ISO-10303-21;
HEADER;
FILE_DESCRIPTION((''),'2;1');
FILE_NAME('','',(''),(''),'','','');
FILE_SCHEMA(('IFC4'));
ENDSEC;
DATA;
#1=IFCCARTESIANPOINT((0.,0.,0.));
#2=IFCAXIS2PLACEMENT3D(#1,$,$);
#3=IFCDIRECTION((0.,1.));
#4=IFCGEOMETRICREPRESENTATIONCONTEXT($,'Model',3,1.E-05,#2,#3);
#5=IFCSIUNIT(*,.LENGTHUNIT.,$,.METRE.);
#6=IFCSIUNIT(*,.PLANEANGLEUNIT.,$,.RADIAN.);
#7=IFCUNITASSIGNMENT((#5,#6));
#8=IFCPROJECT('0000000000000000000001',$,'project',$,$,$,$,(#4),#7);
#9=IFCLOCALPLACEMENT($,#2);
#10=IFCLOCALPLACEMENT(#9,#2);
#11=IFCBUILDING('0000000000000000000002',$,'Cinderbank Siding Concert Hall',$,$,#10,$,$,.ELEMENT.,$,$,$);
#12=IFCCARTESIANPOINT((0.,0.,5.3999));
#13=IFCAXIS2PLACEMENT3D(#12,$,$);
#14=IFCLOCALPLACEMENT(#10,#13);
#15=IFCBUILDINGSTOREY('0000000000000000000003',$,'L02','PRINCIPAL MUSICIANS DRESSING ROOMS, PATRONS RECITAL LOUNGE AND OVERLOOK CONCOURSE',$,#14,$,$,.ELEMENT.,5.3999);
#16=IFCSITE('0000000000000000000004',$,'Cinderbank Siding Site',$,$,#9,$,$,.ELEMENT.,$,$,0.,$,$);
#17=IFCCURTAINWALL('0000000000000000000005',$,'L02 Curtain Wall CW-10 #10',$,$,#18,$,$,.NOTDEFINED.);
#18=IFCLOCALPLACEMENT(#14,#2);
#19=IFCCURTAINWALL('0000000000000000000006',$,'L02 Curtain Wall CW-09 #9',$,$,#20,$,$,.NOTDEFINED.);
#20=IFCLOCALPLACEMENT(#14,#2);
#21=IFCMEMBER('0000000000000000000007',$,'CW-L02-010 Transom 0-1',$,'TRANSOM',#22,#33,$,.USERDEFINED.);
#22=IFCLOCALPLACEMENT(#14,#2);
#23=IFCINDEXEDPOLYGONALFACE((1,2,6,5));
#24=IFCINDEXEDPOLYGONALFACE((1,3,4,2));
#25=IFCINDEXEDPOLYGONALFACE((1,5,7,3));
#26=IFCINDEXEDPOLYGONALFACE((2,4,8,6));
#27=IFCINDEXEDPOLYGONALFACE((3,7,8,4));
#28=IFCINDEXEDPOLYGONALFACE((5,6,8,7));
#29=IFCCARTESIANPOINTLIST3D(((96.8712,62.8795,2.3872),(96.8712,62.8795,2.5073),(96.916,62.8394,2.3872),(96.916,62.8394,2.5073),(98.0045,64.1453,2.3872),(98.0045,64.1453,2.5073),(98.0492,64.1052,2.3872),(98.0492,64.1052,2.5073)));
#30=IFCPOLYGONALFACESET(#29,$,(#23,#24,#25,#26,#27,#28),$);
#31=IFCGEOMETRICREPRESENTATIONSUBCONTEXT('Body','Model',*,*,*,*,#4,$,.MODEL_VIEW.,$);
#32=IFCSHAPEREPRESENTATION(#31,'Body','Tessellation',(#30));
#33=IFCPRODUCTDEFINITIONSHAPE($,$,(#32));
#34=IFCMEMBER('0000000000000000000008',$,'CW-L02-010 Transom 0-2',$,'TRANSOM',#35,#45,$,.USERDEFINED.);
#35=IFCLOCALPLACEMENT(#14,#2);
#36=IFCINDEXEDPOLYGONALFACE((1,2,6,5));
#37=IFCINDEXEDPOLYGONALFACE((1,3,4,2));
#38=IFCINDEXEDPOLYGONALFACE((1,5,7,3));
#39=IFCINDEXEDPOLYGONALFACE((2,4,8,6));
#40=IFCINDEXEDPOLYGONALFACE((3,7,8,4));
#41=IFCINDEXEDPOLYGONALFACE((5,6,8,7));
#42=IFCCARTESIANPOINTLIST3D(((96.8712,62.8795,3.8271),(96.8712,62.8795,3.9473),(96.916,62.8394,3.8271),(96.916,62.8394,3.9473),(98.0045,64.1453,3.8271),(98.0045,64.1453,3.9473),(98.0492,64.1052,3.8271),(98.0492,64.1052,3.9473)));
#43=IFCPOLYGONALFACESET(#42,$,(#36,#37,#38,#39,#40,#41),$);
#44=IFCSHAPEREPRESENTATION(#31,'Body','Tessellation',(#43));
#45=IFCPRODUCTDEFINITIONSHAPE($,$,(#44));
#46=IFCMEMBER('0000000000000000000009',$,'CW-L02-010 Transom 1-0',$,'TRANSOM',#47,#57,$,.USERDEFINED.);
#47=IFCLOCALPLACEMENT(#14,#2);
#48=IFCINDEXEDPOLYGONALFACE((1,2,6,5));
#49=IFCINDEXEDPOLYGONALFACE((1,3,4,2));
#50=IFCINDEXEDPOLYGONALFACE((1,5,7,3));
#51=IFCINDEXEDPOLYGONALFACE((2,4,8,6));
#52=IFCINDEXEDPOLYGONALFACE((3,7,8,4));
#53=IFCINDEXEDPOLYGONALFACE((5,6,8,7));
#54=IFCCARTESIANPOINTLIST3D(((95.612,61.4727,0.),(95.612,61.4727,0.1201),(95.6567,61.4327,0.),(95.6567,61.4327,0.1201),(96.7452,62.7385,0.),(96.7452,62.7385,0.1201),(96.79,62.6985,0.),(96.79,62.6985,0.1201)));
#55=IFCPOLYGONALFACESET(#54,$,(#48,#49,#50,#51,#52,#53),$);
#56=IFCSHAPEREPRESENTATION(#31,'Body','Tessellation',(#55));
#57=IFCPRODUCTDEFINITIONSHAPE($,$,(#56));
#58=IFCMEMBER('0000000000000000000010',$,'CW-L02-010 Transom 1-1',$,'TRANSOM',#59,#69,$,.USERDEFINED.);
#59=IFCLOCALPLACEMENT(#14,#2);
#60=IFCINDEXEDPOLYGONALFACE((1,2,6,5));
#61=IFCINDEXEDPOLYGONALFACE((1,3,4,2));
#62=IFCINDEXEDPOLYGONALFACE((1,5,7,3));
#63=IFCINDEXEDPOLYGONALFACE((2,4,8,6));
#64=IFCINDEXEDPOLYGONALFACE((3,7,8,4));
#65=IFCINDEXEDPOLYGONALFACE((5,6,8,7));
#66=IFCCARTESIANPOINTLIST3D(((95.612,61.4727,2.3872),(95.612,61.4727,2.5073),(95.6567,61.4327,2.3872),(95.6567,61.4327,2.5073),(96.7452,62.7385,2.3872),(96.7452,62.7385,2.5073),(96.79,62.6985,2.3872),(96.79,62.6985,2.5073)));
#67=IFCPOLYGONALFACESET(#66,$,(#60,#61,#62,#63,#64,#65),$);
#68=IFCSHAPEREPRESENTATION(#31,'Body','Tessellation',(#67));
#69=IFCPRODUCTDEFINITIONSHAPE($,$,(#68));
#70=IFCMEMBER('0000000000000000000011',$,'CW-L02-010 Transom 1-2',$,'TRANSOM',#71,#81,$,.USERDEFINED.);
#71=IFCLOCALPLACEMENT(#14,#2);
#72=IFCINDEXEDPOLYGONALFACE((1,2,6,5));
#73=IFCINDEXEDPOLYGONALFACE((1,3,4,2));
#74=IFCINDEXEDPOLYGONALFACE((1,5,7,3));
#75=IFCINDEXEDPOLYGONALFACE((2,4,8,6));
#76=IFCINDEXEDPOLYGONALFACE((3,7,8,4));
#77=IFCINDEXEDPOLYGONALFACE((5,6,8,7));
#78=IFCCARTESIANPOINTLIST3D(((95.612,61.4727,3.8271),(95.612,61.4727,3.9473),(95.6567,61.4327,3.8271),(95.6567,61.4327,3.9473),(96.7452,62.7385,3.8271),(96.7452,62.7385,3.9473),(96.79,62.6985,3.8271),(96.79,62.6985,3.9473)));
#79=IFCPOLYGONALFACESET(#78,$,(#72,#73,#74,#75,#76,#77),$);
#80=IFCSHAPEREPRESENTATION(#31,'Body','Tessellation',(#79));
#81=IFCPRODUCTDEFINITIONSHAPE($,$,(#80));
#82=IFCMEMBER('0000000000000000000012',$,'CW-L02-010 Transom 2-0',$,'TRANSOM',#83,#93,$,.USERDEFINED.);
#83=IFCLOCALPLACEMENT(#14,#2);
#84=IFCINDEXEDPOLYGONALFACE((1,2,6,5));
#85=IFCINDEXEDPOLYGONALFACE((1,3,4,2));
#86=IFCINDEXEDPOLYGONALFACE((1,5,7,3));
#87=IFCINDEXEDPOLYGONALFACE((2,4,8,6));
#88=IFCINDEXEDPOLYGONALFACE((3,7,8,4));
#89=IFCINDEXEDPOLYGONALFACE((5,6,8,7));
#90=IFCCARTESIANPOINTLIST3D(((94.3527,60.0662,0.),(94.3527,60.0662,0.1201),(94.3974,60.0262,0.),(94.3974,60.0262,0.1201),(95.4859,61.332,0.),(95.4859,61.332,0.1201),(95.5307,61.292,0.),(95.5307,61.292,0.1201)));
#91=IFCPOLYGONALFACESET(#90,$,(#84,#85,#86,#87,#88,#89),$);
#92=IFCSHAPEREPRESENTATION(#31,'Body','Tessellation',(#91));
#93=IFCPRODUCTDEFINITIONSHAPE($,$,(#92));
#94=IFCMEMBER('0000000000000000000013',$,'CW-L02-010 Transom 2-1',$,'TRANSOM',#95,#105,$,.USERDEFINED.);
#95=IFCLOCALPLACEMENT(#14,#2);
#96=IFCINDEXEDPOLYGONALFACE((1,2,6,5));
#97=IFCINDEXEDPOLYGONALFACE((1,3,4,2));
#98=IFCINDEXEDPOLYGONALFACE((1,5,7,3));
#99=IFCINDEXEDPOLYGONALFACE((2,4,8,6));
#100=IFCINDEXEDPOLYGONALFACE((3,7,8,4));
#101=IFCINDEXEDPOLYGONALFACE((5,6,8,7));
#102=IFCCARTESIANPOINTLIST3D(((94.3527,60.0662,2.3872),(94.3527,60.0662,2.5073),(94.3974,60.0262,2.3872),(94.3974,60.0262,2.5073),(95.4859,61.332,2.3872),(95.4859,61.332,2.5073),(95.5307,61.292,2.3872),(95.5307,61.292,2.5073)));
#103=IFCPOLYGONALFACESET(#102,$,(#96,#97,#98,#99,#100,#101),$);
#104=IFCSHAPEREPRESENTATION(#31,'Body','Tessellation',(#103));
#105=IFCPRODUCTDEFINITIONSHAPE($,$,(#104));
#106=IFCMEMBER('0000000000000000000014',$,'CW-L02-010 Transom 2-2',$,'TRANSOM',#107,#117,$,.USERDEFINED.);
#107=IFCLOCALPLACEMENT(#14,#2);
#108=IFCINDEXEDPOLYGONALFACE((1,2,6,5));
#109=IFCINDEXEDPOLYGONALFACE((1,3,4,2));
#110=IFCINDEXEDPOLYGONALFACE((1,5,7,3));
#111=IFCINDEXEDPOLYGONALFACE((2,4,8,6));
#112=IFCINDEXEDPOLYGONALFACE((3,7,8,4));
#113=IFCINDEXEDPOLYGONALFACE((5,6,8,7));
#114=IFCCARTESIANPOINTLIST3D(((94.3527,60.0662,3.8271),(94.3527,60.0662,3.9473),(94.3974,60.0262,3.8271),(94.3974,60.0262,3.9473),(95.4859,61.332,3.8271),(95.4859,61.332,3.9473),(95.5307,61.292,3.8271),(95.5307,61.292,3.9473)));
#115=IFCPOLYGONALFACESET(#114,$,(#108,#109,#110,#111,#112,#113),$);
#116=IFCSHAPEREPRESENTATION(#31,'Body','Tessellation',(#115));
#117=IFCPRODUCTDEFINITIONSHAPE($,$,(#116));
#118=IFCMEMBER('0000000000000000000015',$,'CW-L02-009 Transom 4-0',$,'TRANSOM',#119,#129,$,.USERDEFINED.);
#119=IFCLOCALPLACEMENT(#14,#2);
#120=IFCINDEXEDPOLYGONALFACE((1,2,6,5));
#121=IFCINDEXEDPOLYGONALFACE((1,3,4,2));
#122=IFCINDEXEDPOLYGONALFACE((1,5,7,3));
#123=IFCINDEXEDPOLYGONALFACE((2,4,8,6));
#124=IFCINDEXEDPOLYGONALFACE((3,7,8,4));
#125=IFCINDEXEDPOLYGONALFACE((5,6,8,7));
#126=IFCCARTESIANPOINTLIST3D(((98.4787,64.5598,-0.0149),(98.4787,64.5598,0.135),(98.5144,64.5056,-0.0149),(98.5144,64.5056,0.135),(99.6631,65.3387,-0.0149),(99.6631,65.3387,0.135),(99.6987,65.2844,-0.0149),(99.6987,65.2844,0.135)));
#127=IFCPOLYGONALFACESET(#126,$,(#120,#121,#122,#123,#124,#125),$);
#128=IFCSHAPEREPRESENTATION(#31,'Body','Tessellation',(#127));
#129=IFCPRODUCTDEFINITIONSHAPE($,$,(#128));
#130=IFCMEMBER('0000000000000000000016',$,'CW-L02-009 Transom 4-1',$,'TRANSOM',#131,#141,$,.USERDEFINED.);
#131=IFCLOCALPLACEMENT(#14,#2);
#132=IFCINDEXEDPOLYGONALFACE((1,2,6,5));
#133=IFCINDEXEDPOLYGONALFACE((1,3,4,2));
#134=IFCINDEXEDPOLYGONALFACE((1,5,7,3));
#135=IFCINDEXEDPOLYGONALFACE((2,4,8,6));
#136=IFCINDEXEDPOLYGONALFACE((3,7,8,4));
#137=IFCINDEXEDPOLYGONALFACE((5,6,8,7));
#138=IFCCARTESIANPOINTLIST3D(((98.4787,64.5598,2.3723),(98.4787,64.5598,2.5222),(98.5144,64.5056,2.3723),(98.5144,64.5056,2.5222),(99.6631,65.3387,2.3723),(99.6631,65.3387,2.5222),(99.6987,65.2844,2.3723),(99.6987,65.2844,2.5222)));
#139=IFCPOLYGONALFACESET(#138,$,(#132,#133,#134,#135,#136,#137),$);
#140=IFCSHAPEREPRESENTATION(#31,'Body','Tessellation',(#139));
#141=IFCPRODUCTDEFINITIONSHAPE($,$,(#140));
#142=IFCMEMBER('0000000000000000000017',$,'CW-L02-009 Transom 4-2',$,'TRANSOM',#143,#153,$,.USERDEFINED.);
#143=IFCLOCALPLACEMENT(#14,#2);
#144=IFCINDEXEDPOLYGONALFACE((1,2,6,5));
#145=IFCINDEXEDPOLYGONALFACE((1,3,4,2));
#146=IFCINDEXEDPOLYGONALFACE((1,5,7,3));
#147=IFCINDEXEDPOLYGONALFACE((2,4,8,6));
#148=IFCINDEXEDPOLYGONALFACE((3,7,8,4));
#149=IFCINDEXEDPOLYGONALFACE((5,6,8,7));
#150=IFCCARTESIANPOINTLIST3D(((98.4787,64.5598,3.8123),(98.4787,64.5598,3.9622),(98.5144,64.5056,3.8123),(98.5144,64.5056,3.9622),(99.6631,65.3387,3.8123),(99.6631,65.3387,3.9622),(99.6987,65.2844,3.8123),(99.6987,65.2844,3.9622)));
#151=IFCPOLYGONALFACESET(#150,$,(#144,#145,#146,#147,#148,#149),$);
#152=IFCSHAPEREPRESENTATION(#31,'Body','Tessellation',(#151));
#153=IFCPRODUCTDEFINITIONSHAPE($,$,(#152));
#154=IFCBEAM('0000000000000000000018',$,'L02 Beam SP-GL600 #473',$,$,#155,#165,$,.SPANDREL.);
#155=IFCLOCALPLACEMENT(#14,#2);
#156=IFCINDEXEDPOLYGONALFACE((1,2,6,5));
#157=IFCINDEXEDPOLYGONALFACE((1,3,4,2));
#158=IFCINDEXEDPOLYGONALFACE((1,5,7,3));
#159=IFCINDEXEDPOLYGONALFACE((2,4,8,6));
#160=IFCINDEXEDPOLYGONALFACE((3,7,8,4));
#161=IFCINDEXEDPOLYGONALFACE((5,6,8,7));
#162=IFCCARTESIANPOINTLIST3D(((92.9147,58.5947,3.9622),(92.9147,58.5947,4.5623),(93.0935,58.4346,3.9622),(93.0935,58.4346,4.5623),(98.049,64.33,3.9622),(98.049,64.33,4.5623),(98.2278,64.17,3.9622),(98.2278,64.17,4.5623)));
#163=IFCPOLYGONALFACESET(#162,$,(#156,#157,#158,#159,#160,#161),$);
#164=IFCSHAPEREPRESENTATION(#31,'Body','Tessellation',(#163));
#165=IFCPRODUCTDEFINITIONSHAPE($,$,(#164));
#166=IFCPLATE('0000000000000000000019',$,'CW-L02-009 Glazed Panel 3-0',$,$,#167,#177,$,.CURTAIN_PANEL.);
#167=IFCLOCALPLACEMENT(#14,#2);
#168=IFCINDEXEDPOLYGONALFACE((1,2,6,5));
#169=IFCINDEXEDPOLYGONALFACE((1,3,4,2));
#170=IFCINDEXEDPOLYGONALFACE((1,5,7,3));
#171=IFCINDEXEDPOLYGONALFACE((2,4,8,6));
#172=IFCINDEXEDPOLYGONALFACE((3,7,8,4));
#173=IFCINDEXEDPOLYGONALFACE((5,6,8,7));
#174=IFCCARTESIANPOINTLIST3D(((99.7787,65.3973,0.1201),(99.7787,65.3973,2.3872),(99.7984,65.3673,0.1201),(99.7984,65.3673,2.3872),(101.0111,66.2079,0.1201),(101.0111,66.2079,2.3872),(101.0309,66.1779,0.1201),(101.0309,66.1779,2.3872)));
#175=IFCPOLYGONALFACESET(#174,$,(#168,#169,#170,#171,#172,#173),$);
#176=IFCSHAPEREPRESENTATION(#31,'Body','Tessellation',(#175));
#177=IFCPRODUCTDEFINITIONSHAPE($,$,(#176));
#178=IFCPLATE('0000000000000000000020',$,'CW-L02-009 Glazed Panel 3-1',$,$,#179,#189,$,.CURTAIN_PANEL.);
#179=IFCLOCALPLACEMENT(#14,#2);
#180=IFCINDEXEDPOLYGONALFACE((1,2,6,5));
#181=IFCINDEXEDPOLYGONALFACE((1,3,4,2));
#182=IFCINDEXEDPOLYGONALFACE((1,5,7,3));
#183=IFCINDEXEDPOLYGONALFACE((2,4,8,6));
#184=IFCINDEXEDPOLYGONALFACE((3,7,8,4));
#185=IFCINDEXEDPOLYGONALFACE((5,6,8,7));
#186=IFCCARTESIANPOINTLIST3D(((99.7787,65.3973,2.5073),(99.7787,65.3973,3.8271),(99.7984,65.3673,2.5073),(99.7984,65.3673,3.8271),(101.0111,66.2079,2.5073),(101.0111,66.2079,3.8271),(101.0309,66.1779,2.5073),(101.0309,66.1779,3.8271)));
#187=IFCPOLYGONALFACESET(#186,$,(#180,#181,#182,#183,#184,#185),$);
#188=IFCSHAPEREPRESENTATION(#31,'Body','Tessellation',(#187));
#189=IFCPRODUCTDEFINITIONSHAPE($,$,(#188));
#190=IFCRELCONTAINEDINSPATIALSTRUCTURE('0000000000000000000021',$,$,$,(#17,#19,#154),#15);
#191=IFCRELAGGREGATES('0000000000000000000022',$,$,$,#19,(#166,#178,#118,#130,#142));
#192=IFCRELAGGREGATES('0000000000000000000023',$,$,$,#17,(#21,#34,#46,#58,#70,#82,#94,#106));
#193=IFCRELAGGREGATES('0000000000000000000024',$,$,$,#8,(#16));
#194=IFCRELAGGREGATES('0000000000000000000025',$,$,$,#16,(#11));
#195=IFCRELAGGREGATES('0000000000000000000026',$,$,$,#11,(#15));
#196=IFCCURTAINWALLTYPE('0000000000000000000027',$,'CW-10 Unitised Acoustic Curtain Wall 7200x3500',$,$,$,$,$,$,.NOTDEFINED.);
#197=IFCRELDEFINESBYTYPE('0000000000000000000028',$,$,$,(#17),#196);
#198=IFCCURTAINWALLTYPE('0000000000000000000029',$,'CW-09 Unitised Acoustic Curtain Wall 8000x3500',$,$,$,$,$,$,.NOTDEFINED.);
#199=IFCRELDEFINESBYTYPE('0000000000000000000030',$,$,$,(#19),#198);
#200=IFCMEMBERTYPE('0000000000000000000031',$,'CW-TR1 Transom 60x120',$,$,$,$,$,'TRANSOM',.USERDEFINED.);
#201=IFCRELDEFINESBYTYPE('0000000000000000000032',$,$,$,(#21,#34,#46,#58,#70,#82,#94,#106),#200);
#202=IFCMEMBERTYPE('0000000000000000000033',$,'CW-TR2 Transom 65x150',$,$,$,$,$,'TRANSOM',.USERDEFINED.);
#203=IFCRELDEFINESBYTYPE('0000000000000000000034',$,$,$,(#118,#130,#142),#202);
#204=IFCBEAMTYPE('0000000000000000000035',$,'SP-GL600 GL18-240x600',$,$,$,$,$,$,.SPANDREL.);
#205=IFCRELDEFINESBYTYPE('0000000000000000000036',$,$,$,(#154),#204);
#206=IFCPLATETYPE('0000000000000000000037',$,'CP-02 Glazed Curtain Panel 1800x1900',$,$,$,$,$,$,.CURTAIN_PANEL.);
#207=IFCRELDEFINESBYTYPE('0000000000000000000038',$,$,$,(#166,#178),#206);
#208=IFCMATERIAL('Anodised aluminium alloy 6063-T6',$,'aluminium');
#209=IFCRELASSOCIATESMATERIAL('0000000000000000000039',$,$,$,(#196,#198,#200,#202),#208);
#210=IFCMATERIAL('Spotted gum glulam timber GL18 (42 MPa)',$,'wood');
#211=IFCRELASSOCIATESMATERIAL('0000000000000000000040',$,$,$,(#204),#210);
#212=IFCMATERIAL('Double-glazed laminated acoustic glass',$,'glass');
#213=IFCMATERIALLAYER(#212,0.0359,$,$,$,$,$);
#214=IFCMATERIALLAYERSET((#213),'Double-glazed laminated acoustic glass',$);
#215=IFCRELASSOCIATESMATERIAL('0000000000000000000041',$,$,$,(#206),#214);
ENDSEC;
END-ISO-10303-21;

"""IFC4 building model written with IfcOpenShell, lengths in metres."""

from ifc_helpers import new_model, si_unit, direction, frame, origin, origin_2d, place, context, subcontext, project, spatial, rectangle, extrude, material, layer, layer_set, material_profile, profile_set, type_object, element, aggregate, save


model = new_model("IFC4")

# Units and contexts
model_context = context("Model", 3, precision=1e-05, world=origin(), true_north=direction((0.0, 1.0)))
body_context = subcontext(model_context, "Body", "Model", "MODEL_VIEW")
ifc_project = project(units=[si_unit("LENGTHUNIT", "METRE"), si_unit("PLANEANGLEUNIT", "RADIAN")], contexts=[model_context])

# Site, building, storey
site_placement = place(None, origin())
site = spatial("IfcSite", under=ifc_project, at=site_placement, Name="Cinderbank Siding Site", CompositionType="ELEMENT", RefElevation=0.0)
building_placement = place(site_placement, origin())
building = spatial("IfcBuilding", under=site, at=building_placement, Name="Cinderbank Siding Concert Hall", CompositionType="ELEMENT")
storey_placement = place(building_placement, frame((0.0, 0.0, 5.3999)))
storey = spatial("IfcBuildingStorey", under=building, at=storey_placement, Name="L02", Description="PRINCIPAL MUSICIANS DRESSING ROOMS, PATRONS RECITAL LOUNGE AND OVERLOOK CONCOURSE", CompositionType="ELEMENT", Elevation=5.3999)

# Curtain walls
ifc_material_1 = material(Name="Anodised aluminium alloy 6063-T6", Category="aluminium")
curtain_wall_type_1 = type_object("IfcCurtainWallType", Name="CW-10 Unitised Acoustic Curtain Wall 7200x3500", PredefinedType="NOTDEFINED", material=ifc_material_1)
curtain_wall_1_placement = place(storey_placement, origin())
curtain_wall_1 = element("IfcCurtainWall", 1, at=curtain_wall_1_placement, inside=storey, type_object=curtain_wall_type_1, Name="L02 Curtain Wall CW-10 #10", PredefinedType="NOTDEFINED")
curtain_wall_type_2 = type_object("IfcCurtainWallType", Name="CW-09 Unitised Acoustic Curtain Wall 8000x3500", PredefinedType="NOTDEFINED", material=ifc_material_1)
curtain_wall_2_placement = place(storey_placement, origin())
curtain_wall_2 = element("IfcCurtainWall", 2, at=curtain_wall_2_placement, inside=storey, type_object=curtain_wall_type_2, Name="L02 Curtain Wall CW-09 #9", PredefinedType="NOTDEFINED")

# Members
ifc_material_profile_1 = material_profile(ifc_material_1, rectangle(XDim=0.0601, YDim=0.1201, at=origin_2d()), Name="ALU-TRAN-60x120", Category="LoadBearing")
ifc_profile_set_1 = profile_set([ifc_material_profile_1], Name="Anodised aluminium alloy 6063-T6")
member_type_1 = type_object("IfcMemberType", Name="CW-TR1 Transom 60x120", ElementType="TRANSOM", PredefinedType="USERDEFINED", material=ifc_profile_set_1)
member_1_placement = place(storey_placement, frame((98.0269, 64.1252, 2.4473), z_axis=(-0.667017, -0.745042, 0.0), x_axis=(0.745042, -0.667017, 0.0)))
member_1 = element("IfcMember", 3, at=member_1_placement, type_object=member_type_1, Name="CW-L02-010 Transom 0-1", ObjectType="TRANSOM", PredefinedType="USERDEFINED", context=body_context, shape_type="SweptSolid", body=[
    extrude(rectangle(XDim=0.0601, YDim=0.1201, at=origin_2d()), origin(), (0.0, 0.0, 1.0), 1.699),
])
member_2_placement = place(storey_placement, frame((98.0269, 64.1252, 3.8872), z_axis=(-0.667017, -0.745042, 0.0), x_axis=(0.745042, -0.667017, 0.0)))
member_2 = element("IfcMember", 4, at=member_2_placement, type_object=member_type_1, Name="CW-L02-010 Transom 0-2", ObjectType="TRANSOM", PredefinedType="USERDEFINED", context=body_context, shape_type="SweptSolid", body=[
    extrude(rectangle(XDim=0.0601, YDim=0.1201, at=origin_2d()), origin(), (0.0, 0.0, 1.0), 1.699),
])
member_3_placement = place(storey_placement, frame((96.7676, 62.7185, 0.0601), z_axis=(-0.667017, -0.745042, 0.0), x_axis=(0.745042, -0.667017, 0.0)))
member_3 = element("IfcMember", 5, at=member_3_placement, type_object=member_type_1, Name="CW-L02-010 Transom 1-0", ObjectType="TRANSOM", PredefinedType="USERDEFINED", context=body_context, shape_type="SweptSolid", body=[
    extrude(rectangle(XDim=0.0601, YDim=0.1201, at=origin_2d()), origin(), (0.0, 0.0, 1.0), 1.699),
])
member_4_placement = place(storey_placement, frame((96.7676, 62.7185, 2.4473), z_axis=(-0.667017, -0.745042, 0.0), x_axis=(0.745042, -0.667017, 0.0)))
member_4 = element("IfcMember", 6, at=member_4_placement, type_object=member_type_1, Name="CW-L02-010 Transom 1-1", ObjectType="TRANSOM", PredefinedType="USERDEFINED", context=body_context, shape_type="SweptSolid", body=[
    extrude(rectangle(XDim=0.0601, YDim=0.1201, at=origin_2d()), origin(), (0.0, 0.0, 1.0), 1.699),
])
member_5_placement = place(storey_placement, frame((96.7676, 62.7185, 3.8872), z_axis=(-0.667017, -0.745042, 0.0), x_axis=(0.745042, -0.667017, 0.0)))
member_5 = element("IfcMember", 7, at=member_5_placement, type_object=member_type_1, Name="CW-L02-010 Transom 1-2", ObjectType="TRANSOM", PredefinedType="USERDEFINED", context=body_context, shape_type="SweptSolid", body=[
    extrude(rectangle(XDim=0.0601, YDim=0.1201, at=origin_2d()), origin(), (0.0, 0.0, 1.0), 1.699),
])
member_6_placement = place(storey_placement, frame((95.5083, 61.312, 0.0601), z_axis=(-0.667017, -0.745042, 0.0), x_axis=(0.745042, -0.667017, 0.0)))
member_6 = element("IfcMember", 8, at=member_6_placement, type_object=member_type_1, Name="CW-L02-010 Transom 2-0", ObjectType="TRANSOM", PredefinedType="USERDEFINED", context=body_context, shape_type="SweptSolid", body=[
    extrude(rectangle(XDim=0.0601, YDim=0.1201, at=origin_2d()), origin(), (0.0, 0.0, 1.0), 1.699),
])
member_7_placement = place(storey_placement, frame((95.5083, 61.312, 2.4473), z_axis=(-0.667017, -0.745042, 0.0), x_axis=(0.745042, -0.667017, 0.0)))
member_7 = element("IfcMember", 9, at=member_7_placement, type_object=member_type_1, Name="CW-L02-010 Transom 2-1", ObjectType="TRANSOM", PredefinedType="USERDEFINED", context=body_context, shape_type="SweptSolid", body=[
    extrude(rectangle(XDim=0.0601, YDim=0.1201, at=origin_2d()), origin(), (0.0, 0.0, 1.0), 1.699),
])
member_8_placement = place(storey_placement, frame((95.5083, 61.312, 3.8872), z_axis=(-0.667017, -0.745042, 0.0), x_axis=(0.745042, -0.667017, 0.0)))
member_8 = element("IfcMember", 10, at=member_8_placement, type_object=member_type_1, Name="CW-L02-010 Transom 2-2", ObjectType="TRANSOM", PredefinedType="USERDEFINED", context=body_context, shape_type="SweptSolid", body=[
    extrude(rectangle(XDim=0.0601, YDim=0.1201, at=origin_2d()), origin(), (0.0, 0.0, 1.0), 1.699),
])
ifc_material_profile_2 = material_profile(ifc_material_1, rectangle(XDim=0.0649, YDim=0.1499, at=origin_2d()), Name="ALU-TRAN-65x150", Category="LoadBearing")
ifc_profile_set_2 = profile_set([ifc_material_profile_2], Name="Anodised aluminium alloy 6063-T6")
member_type_2 = type_object("IfcMemberType", Name="CW-TR2 Transom 65x150", ElementType="TRANSOM", PredefinedType="USERDEFINED", material=ifc_profile_set_2)
member_9_placement = place(storey_placement, frame((99.6809, 65.3115, 0.0601), z_axis=(-0.835532, -0.549443, 0.0), x_axis=(0.549443, -0.835532, 0.0)))
member_9 = element("IfcMember", 11, at=member_9_placement, type_object=member_type_2, Name="CW-L02-009 Transom 4-0", ObjectType="TRANSOM", PredefinedType="USERDEFINED", context=body_context, shape_type="SweptSolid", body=[
    extrude(rectangle(XDim=0.0649, YDim=0.1499, at=origin_2d()), origin(), (0.0, 0.0, 1.0), 1.4175),
])
member_10_placement = place(storey_placement, frame((99.6809, 65.3115, 2.4473), z_axis=(-0.835532, -0.549443, 0.0), x_axis=(0.549443, -0.835532, 0.0)))
member_10 = element("IfcMember", 12, at=member_10_placement, type_object=member_type_2, Name="CW-L02-009 Transom 4-1", ObjectType="TRANSOM", PredefinedType="USERDEFINED", context=body_context, shape_type="SweptSolid", body=[
    extrude(rectangle(XDim=0.0649, YDim=0.1499, at=origin_2d()), origin(), (0.0, 0.0, 1.0), 1.4175),
])
member_11_placement = place(storey_placement, frame((99.6809, 65.3115, 3.8872), z_axis=(-0.835532, -0.549443, 0.0), x_axis=(0.549443, -0.835532, 0.0)))
member_11 = element("IfcMember", 13, at=member_11_placement, type_object=member_type_2, Name="CW-L02-009 Transom 4-2", ObjectType="TRANSOM", PredefinedType="USERDEFINED", context=body_context, shape_type="SweptSolid", body=[
    extrude(rectangle(XDim=0.0649, YDim=0.1499, at=origin_2d()), origin(), (0.0, 0.0, 1.0), 1.4175),
])

# Beam
ifc_material_2 = material(Name="Spotted gum glulam timber GL18 (42 MPa)", Category="wood")
ifc_material_profile_3 = material_profile(ifc_material_2, rectangle(XDim=0.24, YDim=0.6001, at=origin_2d()), Name="GL18-240x600", Category="LoadBearing")
ifc_profile_set_3 = profile_set([ifc_material_profile_3], Name="Spotted gum glulam timber GL18 (42 MPa)")
beam_type_1 = type_object("IfcBeamType", Name="SP-GL600 GL18-240x600", PredefinedType="SPANDREL", material=ifc_profile_set_3)
beam_1_placement = place(storey_placement, frame((98.1384, 64.25, 4.2622), z_axis=(-0.666986, -0.74507, 0.0), x_axis=(0.74507, -0.666986, 0.0)))
element("IfcBeam", 14, at=beam_1_placement, inside=storey, type_object=beam_type_1, Name="L02 Beam SP-GL600 #473", PredefinedType="SPANDREL", context=body_context, shape_type="SweptSolid", body=[
    extrude(rectangle(XDim=0.24, YDim=0.6001, at=origin_2d()), origin(), (0.0, 0.0, 1.0), 7.6978),
])

# Plates
ifc_material_3 = material(Name="Double-glazed laminated acoustic glass", Category="glass")
ifc_layer_1 = layer(ifc_material_3, 0.0359)
ifc_layer_set_1 = layer_set([ifc_layer_1], Name="Double-glazed laminated acoustic glass")
plate_type_1 = type_object("IfcPlateType", Name="CP-02 Glazed Curtain Panel 1800x1900", PredefinedType="CURTAIN_PANEL", material=ifc_layer_set_1)
plate_1_placement = place(storey_placement, frame((100.4048, 65.7876, 0.1201), z_axis=(0.0, 0.0, 1.0), x_axis=(-0.835492, -0.549503, 0.0)))
plate_1 = element("IfcPlate", 15, at=plate_1_placement, type_object=plate_type_1, Name="CW-L02-009 Glazed Panel 3-0", PredefinedType="CURTAIN_PANEL", context=body_context, shape_type="SweptSolid", body=[
    extrude(rectangle(XDim=1.4751, YDim=0.0359, at=origin_2d()), origin(), (0.0, 0.0, 1.0), 2.2671),
])
plate_2_placement = place(storey_placement, frame((100.4048, 65.7876, 2.5073), z_axis=(0.0, 0.0, 1.0), x_axis=(-0.835492, -0.549503, 0.0)))
plate_2 = element("IfcPlate", 16, at=plate_2_placement, type_object=plate_type_1, Name="CW-L02-009 Glazed Panel 3-1", PredefinedType="CURTAIN_PANEL", context=body_context, shape_type="SweptSolid", body=[
    extrude(rectangle(XDim=1.4751, YDim=0.0359, at=origin_2d()), origin(), (0.0, 0.0, 1.0), 1.3198),
])
aggregate(curtain_wall_2, [plate_1, plate_2, member_9, member_10, member_11])
aggregate(curtain_wall_1, [member_1, member_2, member_3, member_4, member_5, member_6, member_7, member_8])

save(model, "model.ifc")
